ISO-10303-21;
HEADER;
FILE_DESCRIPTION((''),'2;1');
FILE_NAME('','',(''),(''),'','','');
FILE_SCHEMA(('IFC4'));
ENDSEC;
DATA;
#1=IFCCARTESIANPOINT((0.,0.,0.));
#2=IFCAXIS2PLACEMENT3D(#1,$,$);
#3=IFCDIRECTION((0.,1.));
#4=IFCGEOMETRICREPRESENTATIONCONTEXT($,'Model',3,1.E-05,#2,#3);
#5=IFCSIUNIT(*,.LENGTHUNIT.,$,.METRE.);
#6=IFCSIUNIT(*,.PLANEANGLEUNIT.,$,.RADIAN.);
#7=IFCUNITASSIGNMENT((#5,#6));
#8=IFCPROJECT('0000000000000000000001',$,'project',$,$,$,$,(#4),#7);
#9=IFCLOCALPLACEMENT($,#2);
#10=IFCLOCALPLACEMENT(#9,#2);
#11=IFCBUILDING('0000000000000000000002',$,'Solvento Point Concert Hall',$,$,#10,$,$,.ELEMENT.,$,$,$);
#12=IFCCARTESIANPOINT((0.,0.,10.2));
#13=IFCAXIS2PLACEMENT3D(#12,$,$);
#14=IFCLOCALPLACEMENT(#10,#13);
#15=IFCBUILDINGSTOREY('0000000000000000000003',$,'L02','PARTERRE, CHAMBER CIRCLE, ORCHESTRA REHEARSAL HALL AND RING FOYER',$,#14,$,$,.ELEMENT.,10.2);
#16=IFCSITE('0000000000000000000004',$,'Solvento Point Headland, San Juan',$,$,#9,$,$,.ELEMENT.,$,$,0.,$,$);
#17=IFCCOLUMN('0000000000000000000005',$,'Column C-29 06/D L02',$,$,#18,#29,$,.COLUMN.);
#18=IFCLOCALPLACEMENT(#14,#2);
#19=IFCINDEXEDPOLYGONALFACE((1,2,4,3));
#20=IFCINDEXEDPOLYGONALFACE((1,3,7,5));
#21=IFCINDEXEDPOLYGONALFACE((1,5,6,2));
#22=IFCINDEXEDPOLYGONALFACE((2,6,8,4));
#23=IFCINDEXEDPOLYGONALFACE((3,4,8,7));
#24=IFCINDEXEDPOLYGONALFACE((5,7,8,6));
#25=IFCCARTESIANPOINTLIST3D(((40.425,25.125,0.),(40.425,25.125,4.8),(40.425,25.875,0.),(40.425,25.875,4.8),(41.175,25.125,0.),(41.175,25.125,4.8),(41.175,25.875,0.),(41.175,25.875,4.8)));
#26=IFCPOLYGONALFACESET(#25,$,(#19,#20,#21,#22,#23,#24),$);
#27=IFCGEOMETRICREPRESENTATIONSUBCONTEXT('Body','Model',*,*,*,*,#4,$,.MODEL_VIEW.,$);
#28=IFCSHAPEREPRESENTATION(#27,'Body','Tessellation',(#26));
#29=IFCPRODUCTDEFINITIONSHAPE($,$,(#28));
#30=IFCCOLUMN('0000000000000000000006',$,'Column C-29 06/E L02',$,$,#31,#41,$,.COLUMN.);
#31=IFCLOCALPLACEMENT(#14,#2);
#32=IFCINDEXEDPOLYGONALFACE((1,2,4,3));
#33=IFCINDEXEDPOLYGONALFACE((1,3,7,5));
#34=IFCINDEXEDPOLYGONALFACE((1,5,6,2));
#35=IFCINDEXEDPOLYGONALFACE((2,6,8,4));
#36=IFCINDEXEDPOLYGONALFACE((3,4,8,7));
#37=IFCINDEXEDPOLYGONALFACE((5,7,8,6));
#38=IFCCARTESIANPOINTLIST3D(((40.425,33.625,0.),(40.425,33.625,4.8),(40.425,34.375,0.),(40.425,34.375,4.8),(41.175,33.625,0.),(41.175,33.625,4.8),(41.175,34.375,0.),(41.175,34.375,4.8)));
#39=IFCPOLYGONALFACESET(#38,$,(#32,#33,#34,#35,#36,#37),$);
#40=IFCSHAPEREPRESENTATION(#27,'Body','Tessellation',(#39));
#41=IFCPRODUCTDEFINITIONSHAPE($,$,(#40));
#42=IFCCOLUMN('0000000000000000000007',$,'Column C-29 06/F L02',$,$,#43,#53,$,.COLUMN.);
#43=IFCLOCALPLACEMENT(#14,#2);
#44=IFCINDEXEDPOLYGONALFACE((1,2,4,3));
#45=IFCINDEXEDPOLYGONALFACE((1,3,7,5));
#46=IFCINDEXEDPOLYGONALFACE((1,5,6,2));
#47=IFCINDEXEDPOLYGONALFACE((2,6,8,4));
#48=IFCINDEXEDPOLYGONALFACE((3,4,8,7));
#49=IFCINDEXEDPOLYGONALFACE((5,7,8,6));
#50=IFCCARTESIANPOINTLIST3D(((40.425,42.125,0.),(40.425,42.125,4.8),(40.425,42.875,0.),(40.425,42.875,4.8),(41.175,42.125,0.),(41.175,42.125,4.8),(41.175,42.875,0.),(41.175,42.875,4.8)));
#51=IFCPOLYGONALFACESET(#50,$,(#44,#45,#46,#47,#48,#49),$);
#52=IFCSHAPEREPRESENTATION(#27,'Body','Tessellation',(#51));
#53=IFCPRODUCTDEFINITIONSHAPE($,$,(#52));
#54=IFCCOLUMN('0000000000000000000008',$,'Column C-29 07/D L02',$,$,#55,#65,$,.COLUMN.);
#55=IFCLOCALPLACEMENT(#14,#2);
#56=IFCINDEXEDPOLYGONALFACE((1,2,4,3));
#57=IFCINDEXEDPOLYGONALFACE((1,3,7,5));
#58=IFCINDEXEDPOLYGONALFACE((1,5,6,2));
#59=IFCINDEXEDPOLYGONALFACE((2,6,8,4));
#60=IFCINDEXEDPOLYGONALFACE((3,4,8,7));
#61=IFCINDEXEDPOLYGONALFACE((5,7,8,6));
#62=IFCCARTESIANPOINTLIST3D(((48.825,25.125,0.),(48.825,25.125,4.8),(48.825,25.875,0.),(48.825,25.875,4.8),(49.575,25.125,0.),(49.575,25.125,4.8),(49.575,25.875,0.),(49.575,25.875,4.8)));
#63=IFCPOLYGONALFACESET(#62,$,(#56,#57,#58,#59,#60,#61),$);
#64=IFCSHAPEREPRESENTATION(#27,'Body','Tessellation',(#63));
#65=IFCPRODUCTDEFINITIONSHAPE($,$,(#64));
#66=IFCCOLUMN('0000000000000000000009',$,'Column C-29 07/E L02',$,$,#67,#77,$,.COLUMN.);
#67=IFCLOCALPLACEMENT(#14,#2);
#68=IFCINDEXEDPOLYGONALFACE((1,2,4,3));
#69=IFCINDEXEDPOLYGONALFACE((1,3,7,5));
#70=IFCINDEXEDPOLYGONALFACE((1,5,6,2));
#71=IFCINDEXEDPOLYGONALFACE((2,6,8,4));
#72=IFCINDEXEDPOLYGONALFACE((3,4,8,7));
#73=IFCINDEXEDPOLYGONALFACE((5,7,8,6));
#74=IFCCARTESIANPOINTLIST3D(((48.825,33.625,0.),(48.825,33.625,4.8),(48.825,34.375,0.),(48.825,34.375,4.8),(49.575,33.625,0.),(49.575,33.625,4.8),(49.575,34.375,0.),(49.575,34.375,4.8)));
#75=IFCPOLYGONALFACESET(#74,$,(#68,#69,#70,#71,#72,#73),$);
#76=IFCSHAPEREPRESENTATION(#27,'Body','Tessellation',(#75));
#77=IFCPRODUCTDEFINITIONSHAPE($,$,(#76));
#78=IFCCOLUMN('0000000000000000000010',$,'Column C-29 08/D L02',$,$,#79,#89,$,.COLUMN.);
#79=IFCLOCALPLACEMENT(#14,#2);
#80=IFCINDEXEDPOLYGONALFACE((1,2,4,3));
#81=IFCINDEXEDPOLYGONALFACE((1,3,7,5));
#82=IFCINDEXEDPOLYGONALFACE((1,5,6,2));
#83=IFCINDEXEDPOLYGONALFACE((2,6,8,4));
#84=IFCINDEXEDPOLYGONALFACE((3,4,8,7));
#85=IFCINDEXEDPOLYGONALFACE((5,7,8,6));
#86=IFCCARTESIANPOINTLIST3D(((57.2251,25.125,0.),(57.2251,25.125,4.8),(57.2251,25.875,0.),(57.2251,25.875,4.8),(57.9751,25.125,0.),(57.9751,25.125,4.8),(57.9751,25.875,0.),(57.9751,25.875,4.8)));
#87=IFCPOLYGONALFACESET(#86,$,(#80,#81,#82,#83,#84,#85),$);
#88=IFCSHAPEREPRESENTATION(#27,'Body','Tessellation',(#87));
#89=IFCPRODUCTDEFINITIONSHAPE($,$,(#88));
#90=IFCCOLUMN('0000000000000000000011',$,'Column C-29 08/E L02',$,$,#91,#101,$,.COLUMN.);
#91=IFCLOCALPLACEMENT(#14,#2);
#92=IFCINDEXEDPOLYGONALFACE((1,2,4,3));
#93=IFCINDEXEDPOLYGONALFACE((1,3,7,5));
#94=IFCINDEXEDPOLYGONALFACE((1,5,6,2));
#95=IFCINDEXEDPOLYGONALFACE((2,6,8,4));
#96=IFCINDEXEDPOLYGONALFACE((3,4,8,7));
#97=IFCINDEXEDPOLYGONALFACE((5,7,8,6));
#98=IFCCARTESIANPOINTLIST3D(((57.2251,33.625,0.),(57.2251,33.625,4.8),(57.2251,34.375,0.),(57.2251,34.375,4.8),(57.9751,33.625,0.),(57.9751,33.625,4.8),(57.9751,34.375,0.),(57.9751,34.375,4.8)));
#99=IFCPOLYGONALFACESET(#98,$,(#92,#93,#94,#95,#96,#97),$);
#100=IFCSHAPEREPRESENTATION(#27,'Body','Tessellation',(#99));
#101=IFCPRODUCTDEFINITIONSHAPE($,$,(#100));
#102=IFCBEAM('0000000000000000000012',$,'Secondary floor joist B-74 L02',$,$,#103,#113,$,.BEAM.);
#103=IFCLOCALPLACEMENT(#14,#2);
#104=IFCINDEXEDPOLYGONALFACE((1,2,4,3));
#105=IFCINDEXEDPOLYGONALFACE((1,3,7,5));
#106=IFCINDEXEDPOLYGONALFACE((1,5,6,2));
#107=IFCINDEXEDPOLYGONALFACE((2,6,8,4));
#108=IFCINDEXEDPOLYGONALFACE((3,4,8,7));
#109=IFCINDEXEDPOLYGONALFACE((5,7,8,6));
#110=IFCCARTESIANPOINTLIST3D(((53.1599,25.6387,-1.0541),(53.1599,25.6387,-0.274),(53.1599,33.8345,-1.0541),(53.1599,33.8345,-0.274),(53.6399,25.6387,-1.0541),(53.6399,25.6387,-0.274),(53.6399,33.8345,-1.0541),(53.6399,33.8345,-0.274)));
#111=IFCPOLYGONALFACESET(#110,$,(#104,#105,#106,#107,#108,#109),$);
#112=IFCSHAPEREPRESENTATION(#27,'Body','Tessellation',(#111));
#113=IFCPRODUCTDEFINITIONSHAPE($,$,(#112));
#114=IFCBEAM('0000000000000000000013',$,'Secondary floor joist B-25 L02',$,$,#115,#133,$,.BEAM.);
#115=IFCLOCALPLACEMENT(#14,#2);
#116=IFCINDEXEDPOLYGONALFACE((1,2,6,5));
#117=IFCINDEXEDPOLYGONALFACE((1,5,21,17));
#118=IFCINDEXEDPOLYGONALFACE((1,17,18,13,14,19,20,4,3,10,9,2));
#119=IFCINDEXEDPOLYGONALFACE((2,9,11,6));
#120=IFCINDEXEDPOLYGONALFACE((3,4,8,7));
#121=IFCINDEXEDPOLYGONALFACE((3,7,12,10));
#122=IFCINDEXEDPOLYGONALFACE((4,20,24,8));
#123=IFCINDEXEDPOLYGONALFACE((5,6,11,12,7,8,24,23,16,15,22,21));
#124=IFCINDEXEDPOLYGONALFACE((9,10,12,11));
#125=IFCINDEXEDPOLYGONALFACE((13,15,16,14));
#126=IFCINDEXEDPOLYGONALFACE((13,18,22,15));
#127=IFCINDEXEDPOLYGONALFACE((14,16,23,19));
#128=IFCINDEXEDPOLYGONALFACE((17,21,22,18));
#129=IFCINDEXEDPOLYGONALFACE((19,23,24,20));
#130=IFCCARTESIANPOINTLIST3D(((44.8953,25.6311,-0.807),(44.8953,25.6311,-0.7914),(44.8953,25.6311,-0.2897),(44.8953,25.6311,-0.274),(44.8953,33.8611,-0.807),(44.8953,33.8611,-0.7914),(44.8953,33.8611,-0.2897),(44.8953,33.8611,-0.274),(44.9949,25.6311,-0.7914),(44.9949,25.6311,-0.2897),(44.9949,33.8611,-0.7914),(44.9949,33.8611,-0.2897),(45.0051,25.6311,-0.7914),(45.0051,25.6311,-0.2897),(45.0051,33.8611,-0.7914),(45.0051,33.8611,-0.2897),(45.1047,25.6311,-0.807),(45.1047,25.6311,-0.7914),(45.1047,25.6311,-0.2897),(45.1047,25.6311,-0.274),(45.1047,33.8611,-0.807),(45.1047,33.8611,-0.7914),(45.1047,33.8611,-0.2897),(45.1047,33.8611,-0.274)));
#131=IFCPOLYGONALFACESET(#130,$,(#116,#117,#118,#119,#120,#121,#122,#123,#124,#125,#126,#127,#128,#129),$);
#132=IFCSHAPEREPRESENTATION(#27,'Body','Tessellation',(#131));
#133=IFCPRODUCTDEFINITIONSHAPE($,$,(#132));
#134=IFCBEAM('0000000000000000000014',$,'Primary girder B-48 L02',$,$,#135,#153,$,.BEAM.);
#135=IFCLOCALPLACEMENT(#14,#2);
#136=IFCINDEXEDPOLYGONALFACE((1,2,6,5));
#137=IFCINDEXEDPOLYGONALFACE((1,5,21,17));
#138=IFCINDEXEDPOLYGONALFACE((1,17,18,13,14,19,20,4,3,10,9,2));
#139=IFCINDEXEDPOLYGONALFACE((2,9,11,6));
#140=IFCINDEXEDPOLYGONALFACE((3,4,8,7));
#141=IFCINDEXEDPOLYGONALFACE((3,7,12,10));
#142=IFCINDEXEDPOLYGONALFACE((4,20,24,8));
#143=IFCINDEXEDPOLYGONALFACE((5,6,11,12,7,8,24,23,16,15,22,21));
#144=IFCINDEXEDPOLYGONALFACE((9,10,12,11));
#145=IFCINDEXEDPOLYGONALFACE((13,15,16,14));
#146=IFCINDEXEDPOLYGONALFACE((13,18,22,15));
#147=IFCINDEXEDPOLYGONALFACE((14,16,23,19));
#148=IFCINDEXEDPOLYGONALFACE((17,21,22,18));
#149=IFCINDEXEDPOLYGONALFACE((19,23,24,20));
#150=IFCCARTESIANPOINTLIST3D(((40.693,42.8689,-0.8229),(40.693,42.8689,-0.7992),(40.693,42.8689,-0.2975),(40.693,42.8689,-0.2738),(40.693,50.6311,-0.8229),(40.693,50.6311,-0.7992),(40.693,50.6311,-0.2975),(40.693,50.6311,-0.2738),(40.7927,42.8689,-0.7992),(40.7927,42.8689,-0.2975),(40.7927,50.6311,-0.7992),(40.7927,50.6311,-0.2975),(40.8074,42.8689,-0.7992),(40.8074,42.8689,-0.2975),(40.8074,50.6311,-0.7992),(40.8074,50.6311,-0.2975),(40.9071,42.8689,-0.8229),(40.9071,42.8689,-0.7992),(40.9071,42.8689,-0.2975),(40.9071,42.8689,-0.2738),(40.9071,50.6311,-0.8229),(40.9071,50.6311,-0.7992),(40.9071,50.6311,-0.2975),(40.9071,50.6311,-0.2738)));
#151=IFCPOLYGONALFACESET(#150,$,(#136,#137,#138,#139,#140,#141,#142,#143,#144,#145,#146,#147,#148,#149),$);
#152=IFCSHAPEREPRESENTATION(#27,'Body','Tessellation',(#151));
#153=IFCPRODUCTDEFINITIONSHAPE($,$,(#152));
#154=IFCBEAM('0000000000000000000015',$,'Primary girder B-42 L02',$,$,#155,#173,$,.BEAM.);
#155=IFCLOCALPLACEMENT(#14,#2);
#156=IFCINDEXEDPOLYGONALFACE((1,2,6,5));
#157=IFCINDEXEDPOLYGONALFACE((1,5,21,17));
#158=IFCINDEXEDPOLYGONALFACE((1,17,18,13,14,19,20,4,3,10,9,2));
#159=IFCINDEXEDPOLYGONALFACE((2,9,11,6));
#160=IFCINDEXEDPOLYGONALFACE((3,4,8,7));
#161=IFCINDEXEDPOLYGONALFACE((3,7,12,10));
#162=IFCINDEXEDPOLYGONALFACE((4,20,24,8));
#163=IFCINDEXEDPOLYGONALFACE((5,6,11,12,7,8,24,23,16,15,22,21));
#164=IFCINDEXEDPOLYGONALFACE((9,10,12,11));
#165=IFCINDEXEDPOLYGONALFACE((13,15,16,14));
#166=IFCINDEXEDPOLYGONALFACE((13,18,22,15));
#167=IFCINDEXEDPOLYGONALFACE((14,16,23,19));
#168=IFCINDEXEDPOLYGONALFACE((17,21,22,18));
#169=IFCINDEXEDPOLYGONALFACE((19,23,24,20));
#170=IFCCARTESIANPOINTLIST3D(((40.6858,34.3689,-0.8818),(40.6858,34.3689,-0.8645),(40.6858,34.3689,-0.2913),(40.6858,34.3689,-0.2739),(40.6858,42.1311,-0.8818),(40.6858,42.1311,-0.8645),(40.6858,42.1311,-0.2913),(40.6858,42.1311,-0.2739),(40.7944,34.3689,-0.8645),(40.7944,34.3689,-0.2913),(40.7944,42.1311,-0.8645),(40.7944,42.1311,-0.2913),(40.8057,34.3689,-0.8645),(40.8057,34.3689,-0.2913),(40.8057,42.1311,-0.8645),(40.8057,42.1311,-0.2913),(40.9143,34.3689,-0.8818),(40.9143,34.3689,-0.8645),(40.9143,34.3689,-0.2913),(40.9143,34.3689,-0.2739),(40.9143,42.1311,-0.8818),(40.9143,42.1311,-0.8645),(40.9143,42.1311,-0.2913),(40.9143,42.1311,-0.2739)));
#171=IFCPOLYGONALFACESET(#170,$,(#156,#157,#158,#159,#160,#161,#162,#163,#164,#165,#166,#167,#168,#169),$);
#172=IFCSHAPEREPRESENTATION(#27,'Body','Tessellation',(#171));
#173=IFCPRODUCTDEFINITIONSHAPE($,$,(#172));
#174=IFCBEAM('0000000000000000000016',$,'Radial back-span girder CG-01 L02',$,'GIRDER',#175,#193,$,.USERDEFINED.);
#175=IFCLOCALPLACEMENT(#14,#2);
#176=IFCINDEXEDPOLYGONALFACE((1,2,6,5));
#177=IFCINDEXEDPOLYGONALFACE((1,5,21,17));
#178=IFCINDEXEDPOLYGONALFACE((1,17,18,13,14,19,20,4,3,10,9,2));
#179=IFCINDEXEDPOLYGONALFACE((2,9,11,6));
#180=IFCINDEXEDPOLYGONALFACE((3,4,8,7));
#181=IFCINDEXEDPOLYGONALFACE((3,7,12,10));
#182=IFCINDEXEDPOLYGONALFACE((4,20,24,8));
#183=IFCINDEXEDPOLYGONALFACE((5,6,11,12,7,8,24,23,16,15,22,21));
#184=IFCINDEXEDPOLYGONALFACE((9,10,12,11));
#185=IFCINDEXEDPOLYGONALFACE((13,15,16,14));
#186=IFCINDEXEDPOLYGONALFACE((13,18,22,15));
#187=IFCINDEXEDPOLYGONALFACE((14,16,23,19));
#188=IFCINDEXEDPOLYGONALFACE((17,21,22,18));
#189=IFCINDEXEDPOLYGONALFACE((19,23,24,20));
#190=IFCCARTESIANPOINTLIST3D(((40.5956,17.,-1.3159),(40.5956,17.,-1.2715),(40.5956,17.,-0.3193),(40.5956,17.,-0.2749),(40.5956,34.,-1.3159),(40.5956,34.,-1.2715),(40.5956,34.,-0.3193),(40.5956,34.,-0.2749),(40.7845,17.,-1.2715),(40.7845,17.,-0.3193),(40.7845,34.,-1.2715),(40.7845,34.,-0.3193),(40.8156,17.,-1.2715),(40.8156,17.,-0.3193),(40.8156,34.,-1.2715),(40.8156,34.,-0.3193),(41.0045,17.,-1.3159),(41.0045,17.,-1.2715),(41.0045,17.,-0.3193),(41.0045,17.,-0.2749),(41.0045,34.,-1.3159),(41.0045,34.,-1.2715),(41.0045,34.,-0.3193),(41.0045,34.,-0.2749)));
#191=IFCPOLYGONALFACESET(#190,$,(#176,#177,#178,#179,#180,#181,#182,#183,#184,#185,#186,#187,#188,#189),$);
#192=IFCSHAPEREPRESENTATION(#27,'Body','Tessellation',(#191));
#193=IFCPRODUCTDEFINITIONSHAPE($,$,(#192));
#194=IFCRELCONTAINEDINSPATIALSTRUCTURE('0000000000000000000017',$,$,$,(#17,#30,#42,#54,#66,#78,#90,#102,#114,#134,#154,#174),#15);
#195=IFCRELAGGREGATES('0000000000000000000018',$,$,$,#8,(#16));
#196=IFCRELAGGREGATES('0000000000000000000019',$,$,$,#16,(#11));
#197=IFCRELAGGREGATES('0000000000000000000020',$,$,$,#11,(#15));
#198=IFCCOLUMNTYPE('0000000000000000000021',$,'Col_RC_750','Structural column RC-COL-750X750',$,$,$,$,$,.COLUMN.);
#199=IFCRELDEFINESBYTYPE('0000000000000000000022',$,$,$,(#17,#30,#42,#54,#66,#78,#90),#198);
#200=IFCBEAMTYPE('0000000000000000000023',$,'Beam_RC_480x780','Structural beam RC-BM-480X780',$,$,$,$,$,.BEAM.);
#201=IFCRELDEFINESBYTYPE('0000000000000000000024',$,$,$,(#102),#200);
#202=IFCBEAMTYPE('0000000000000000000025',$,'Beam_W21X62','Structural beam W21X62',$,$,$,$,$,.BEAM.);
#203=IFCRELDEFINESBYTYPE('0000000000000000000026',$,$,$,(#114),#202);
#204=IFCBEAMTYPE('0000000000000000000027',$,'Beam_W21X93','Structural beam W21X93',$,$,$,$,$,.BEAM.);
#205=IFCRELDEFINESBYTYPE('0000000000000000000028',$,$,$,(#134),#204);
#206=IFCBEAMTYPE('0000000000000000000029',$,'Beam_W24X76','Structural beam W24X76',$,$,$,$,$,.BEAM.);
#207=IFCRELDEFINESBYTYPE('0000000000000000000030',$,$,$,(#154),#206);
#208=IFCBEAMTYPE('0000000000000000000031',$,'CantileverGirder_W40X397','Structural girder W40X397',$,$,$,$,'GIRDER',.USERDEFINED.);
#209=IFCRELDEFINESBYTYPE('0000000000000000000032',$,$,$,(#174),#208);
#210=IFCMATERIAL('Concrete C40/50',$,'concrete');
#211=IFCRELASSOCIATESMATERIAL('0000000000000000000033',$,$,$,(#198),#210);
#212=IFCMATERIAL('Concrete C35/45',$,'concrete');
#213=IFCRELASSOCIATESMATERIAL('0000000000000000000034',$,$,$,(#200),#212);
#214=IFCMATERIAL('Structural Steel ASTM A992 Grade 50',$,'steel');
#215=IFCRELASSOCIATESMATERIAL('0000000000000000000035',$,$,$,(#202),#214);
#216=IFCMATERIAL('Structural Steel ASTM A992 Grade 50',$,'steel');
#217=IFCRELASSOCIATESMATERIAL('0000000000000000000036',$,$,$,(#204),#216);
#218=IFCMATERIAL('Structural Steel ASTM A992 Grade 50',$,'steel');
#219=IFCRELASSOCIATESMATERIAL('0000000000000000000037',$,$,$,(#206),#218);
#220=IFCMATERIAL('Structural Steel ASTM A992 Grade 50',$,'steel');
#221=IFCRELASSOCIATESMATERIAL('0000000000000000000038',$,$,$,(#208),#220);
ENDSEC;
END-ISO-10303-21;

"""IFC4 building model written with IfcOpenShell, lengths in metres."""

from ifc_helpers import new_model, si_unit, direction, frame, origin, origin_2d, place, context, subcontext, project, spatial, rectangle, i_section, extrude, material, material_profile, profile_set, type_object, element, save


model = new_model("IFC4")

# Units and contexts
model_context = context("Model", 3, precision=1e-05, world=origin(), true_north=direction((0.0, 1.0)))
body_context = subcontext(model_context, "Body", "Model", "MODEL_VIEW")
ifc_project = project(units=[si_unit("LENGTHUNIT", "METRE"), si_unit("PLANEANGLEUNIT", "RADIAN")], contexts=[model_context])

# Site, building, storey
site_placement = place(None, origin())
site = spatial("IfcSite", under=ifc_project, at=site_placement, Name="Solvento Point Headland, San Juan", CompositionType="ELEMENT", RefElevation=0.0)
building_placement = place(site_placement, origin())
building = spatial("IfcBuilding", under=site, at=building_placement, Name="Solvento Point Concert Hall", CompositionType="ELEMENT")
storey_placement = place(building_placement, frame((0.0, 0.0, 10.2)))
storey = spatial("IfcBuildingStorey", under=building, at=storey_placement, Name="L02", Description="PARTERRE, CHAMBER CIRCLE, ORCHESTRA REHEARSAL HALL AND RING FOYER", CompositionType="ELEMENT", Elevation=10.2)

# Columns
ifc_material_1 = material(Name="Concrete C40/50", Category="concrete")
ifc_material_profile_1 = material_profile(ifc_material_1, rectangle(XDim=0.75, YDim=0.75, at=origin_2d()), Name="RC-COL-750X750")
ifc_profile_set_1 = profile_set([ifc_material_profile_1], Name="Concrete C40/50")
column_type = type_object("IfcColumnType", Name="Col_RC_750", Description="Structural column RC-COL-750X750", PredefinedType="COLUMN", material=ifc_profile_set_1)
for number, where, z_axis, x_axis, name in (
    (1, (40.8, 25.5, 0.0), (0.0, 0.0, 1.0), (1.0, 0.0, 0.0), "Column C-29 06/D L02"),
    (2, (40.8, 34.0, 0.0), (0.0, 0.0, 1.0), (1.0, 0.0, 0.0), "Column C-29 06/E L02"),
    (3, (40.8, 42.5, 0.0), (0.0, 0.0, 1.0), (1.0, 0.0, 0.0), "Column C-29 06/F L02"),
    (4, (49.2, 25.5, 0.0), (0.0, 0.0, 1.0), (1.0, 0.0, 0.0), "Column C-29 07/D L02"),
    (5, (49.2, 34.0, 0.0), (0.0, 0.0, 1.0), (1.0, 0.0, 0.0), "Column C-29 07/E L02"),
    (6, (57.6001, 25.5, 0.0), (0.0, 0.0, 1.0), (1.0, 0.0, 0.0), "Column C-29 08/D L02"),
    (7, (57.6001, 34.0, 0.0), (0.0, 0.0, 1.0), (1.0, 0.0, 0.0), "Column C-29 08/E L02"),
):
    element("IfcColumn", number, at=place(storey_placement, frame(where, z_axis=z_axis, x_axis=x_axis)), inside=storey, type_object=column_type, Name=name, PredefinedType="COLUMN", context=body_context, shape_type="SweptSolid", body=[
        extrude(rectangle(XDim=0.75, YDim=0.75, at=origin_2d()), origin(), (0.0, 0.0, 1.0), 4.8),
    ])

# Beams
ifc_material_2 = material(Name="Concrete C35/45", Category="concrete")
ifc_material_profile_2 = material_profile(ifc_material_2, rectangle(XDim=0.48, YDim=0.78, at=origin_2d()), Name="RC-BM-480X780")
ifc_profile_set_2 = profile_set([ifc_material_profile_2], Name="Concrete C35/45")
beam_type_1 = type_object("IfcBeamType", Name="Beam_RC_480x780", Description="Structural beam RC-BM-480X780", PredefinedType="BEAM", material=ifc_profile_set_2)
beam_1_placement = place(storey_placement, frame((53.3999, 25.6387, -0.6641), z_axis=(0.0, 1.0, 0.0), x_axis=(-1.0, 0.0, 0.0)))
element("IfcBeam", 8, at=beam_1_placement, inside=storey, type_object=beam_type_1, Name="Secondary floor joist B-74 L02", PredefinedType="BEAM", context=body_context, shape_type="SweptSolid", body=[
    extrude(rectangle(XDim=0.48, YDim=0.78, at=origin_2d()), origin(), (0.0, 0.0, 1.0), 8.1958),
])
ifc_material_3 = material(Name="Structural Steel ASTM A992 Grade 50", Category="steel")
ifc_material_profile_3 = material_profile(ifc_material_3, i_section(OverallWidth=0.2095, OverallDepth=0.533, WebThickness=0.0103, FlangeThickness=0.0156, at=origin_2d()), Name="W21X62")
ifc_profile_set_3 = profile_set([ifc_material_profile_3], Name="Structural Steel ASTM A992 Grade 50")
beam_type_2 = type_object("IfcBeamType", Name="Beam_W21X62", Description="Structural beam W21X62", PredefinedType="BEAM", material=ifc_profile_set_3)
beam_2_placement = place(storey_placement, frame((45.0, 25.6311, -0.5405), z_axis=(0.0, 1.0, 0.0), x_axis=(-1.0, 0.0, 0.0)))
element("IfcBeam", 9, at=beam_2_placement, inside=storey, type_object=beam_type_2, Name="Secondary floor joist B-25 L02", PredefinedType="BEAM", context=body_context, shape_type="SweptSolid", body=[
    extrude(i_section(OverallWidth=0.2095, OverallDepth=0.533, WebThickness=0.0103, FlangeThickness=0.0156, at=origin_2d()), origin(), (0.0, 0.0, 1.0), 8.23),
])
ifc_material_4 = material(Name="Structural Steel ASTM A992 Grade 50", Category="steel")
ifc_material_profile_4 = material_profile(ifc_material_4, i_section(OverallWidth=0.2141, OverallDepth=0.5491, WebThickness=0.0146, FlangeThickness=0.0237, at=origin_2d()), Name="W21X93")
ifc_profile_set_4 = profile_set([ifc_material_profile_4], Name="Structural Steel ASTM A992 Grade 50")
beam_type_3 = type_object("IfcBeamType", Name="Beam_W21X93", Description="Structural beam W21X93", PredefinedType="BEAM", material=ifc_profile_set_4)
beam_3_placement = place(storey_placement, frame((40.8, 42.8689, -0.5483), z_axis=(0.0, 1.0, 0.0), x_axis=(-1.0, 0.0, 0.0)))
element("IfcBeam", 10, at=beam_3_placement, inside=storey, type_object=beam_type_3, Name="Primary girder B-48 L02", PredefinedType="BEAM", context=body_context, shape_type="SweptSolid", body=[
    extrude(i_section(OverallWidth=0.2141, OverallDepth=0.5491, WebThickness=0.0146, FlangeThickness=0.0237, at=origin_2d()), origin(), (0.0, 0.0, 1.0), 7.7622),
])
ifc_material_5 = material(Name="Structural Steel ASTM A992 Grade 50", Category="steel")
ifc_material_profile_5 = material_profile(ifc_material_5, i_section(OverallWidth=0.2285, OverallDepth=0.6079, WebThickness=0.0112, FlangeThickness=0.0173, at=origin_2d()), Name="W24X76")
ifc_profile_set_5 = profile_set([ifc_material_profile_5], Name="Structural Steel ASTM A992 Grade 50")
beam_type_4 = type_object("IfcBeamType", Name="Beam_W24X76", Description="Structural beam W24X76", PredefinedType="BEAM", material=ifc_profile_set_5)
beam_4_placement = place(storey_placement, frame((40.8, 34.3689, -0.5779), z_axis=(0.0, 1.0, 0.0), x_axis=(-1.0, 0.0, 0.0)))
element("IfcBeam", 11, at=beam_4_placement, inside=storey, type_object=beam_type_4, Name="Primary girder B-42 L02", PredefinedType="BEAM", context=body_context, shape_type="SweptSolid", body=[
    extrude(i_section(OverallWidth=0.2285, OverallDepth=0.6079, WebThickness=0.0112, FlangeThickness=0.0173, at=origin_2d()), origin(), (0.0, 0.0, 1.0), 7.7622),
])
ifc_material_6 = material(Name="Structural Steel ASTM A992 Grade 50", Category="steel")
ifc_material_profile_6 = material_profile(ifc_material_6, i_section(OverallWidth=0.4089, OverallDepth=1.041, WebThickness=0.031, FlangeThickness=0.0444, at=origin_2d()), Name="W40X397")
ifc_profile_set_6 = profile_set([ifc_material_profile_6], Name="Structural Steel ASTM A992 Grade 50")
beam_type_5 = type_object("IfcBeamType", Name="CantileverGirder_W40X397", Description="Structural girder W40X397", ElementType="GIRDER", PredefinedType="USERDEFINED", material=ifc_profile_set_6)
for number, where, z_axis, x_axis, name in (
    (12, (40.8, 34.0, -0.7954), (0.0, -1.0, 0.0), (1.0, 0.0, 0.0), "Radial back-span girder CG-01 L02"),
):
    element("IfcBeam", number, at=place(storey_placement, frame(where, z_axis=z_axis, x_axis=x_axis)), inside=storey, type_object=beam_type_5, Name=name, ObjectType="GIRDER", PredefinedType="USERDEFINED", context=body_context, shape_type="SweptSolid", body=[
        extrude(i_section(OverallWidth=0.4089, OverallDepth=1.041, WebThickness=0.031, FlangeThickness=0.0444, at=origin_2d()), origin(), (0.0, 0.0, 1.0), 17.0),
    ])

save(model, "model.ifc")
